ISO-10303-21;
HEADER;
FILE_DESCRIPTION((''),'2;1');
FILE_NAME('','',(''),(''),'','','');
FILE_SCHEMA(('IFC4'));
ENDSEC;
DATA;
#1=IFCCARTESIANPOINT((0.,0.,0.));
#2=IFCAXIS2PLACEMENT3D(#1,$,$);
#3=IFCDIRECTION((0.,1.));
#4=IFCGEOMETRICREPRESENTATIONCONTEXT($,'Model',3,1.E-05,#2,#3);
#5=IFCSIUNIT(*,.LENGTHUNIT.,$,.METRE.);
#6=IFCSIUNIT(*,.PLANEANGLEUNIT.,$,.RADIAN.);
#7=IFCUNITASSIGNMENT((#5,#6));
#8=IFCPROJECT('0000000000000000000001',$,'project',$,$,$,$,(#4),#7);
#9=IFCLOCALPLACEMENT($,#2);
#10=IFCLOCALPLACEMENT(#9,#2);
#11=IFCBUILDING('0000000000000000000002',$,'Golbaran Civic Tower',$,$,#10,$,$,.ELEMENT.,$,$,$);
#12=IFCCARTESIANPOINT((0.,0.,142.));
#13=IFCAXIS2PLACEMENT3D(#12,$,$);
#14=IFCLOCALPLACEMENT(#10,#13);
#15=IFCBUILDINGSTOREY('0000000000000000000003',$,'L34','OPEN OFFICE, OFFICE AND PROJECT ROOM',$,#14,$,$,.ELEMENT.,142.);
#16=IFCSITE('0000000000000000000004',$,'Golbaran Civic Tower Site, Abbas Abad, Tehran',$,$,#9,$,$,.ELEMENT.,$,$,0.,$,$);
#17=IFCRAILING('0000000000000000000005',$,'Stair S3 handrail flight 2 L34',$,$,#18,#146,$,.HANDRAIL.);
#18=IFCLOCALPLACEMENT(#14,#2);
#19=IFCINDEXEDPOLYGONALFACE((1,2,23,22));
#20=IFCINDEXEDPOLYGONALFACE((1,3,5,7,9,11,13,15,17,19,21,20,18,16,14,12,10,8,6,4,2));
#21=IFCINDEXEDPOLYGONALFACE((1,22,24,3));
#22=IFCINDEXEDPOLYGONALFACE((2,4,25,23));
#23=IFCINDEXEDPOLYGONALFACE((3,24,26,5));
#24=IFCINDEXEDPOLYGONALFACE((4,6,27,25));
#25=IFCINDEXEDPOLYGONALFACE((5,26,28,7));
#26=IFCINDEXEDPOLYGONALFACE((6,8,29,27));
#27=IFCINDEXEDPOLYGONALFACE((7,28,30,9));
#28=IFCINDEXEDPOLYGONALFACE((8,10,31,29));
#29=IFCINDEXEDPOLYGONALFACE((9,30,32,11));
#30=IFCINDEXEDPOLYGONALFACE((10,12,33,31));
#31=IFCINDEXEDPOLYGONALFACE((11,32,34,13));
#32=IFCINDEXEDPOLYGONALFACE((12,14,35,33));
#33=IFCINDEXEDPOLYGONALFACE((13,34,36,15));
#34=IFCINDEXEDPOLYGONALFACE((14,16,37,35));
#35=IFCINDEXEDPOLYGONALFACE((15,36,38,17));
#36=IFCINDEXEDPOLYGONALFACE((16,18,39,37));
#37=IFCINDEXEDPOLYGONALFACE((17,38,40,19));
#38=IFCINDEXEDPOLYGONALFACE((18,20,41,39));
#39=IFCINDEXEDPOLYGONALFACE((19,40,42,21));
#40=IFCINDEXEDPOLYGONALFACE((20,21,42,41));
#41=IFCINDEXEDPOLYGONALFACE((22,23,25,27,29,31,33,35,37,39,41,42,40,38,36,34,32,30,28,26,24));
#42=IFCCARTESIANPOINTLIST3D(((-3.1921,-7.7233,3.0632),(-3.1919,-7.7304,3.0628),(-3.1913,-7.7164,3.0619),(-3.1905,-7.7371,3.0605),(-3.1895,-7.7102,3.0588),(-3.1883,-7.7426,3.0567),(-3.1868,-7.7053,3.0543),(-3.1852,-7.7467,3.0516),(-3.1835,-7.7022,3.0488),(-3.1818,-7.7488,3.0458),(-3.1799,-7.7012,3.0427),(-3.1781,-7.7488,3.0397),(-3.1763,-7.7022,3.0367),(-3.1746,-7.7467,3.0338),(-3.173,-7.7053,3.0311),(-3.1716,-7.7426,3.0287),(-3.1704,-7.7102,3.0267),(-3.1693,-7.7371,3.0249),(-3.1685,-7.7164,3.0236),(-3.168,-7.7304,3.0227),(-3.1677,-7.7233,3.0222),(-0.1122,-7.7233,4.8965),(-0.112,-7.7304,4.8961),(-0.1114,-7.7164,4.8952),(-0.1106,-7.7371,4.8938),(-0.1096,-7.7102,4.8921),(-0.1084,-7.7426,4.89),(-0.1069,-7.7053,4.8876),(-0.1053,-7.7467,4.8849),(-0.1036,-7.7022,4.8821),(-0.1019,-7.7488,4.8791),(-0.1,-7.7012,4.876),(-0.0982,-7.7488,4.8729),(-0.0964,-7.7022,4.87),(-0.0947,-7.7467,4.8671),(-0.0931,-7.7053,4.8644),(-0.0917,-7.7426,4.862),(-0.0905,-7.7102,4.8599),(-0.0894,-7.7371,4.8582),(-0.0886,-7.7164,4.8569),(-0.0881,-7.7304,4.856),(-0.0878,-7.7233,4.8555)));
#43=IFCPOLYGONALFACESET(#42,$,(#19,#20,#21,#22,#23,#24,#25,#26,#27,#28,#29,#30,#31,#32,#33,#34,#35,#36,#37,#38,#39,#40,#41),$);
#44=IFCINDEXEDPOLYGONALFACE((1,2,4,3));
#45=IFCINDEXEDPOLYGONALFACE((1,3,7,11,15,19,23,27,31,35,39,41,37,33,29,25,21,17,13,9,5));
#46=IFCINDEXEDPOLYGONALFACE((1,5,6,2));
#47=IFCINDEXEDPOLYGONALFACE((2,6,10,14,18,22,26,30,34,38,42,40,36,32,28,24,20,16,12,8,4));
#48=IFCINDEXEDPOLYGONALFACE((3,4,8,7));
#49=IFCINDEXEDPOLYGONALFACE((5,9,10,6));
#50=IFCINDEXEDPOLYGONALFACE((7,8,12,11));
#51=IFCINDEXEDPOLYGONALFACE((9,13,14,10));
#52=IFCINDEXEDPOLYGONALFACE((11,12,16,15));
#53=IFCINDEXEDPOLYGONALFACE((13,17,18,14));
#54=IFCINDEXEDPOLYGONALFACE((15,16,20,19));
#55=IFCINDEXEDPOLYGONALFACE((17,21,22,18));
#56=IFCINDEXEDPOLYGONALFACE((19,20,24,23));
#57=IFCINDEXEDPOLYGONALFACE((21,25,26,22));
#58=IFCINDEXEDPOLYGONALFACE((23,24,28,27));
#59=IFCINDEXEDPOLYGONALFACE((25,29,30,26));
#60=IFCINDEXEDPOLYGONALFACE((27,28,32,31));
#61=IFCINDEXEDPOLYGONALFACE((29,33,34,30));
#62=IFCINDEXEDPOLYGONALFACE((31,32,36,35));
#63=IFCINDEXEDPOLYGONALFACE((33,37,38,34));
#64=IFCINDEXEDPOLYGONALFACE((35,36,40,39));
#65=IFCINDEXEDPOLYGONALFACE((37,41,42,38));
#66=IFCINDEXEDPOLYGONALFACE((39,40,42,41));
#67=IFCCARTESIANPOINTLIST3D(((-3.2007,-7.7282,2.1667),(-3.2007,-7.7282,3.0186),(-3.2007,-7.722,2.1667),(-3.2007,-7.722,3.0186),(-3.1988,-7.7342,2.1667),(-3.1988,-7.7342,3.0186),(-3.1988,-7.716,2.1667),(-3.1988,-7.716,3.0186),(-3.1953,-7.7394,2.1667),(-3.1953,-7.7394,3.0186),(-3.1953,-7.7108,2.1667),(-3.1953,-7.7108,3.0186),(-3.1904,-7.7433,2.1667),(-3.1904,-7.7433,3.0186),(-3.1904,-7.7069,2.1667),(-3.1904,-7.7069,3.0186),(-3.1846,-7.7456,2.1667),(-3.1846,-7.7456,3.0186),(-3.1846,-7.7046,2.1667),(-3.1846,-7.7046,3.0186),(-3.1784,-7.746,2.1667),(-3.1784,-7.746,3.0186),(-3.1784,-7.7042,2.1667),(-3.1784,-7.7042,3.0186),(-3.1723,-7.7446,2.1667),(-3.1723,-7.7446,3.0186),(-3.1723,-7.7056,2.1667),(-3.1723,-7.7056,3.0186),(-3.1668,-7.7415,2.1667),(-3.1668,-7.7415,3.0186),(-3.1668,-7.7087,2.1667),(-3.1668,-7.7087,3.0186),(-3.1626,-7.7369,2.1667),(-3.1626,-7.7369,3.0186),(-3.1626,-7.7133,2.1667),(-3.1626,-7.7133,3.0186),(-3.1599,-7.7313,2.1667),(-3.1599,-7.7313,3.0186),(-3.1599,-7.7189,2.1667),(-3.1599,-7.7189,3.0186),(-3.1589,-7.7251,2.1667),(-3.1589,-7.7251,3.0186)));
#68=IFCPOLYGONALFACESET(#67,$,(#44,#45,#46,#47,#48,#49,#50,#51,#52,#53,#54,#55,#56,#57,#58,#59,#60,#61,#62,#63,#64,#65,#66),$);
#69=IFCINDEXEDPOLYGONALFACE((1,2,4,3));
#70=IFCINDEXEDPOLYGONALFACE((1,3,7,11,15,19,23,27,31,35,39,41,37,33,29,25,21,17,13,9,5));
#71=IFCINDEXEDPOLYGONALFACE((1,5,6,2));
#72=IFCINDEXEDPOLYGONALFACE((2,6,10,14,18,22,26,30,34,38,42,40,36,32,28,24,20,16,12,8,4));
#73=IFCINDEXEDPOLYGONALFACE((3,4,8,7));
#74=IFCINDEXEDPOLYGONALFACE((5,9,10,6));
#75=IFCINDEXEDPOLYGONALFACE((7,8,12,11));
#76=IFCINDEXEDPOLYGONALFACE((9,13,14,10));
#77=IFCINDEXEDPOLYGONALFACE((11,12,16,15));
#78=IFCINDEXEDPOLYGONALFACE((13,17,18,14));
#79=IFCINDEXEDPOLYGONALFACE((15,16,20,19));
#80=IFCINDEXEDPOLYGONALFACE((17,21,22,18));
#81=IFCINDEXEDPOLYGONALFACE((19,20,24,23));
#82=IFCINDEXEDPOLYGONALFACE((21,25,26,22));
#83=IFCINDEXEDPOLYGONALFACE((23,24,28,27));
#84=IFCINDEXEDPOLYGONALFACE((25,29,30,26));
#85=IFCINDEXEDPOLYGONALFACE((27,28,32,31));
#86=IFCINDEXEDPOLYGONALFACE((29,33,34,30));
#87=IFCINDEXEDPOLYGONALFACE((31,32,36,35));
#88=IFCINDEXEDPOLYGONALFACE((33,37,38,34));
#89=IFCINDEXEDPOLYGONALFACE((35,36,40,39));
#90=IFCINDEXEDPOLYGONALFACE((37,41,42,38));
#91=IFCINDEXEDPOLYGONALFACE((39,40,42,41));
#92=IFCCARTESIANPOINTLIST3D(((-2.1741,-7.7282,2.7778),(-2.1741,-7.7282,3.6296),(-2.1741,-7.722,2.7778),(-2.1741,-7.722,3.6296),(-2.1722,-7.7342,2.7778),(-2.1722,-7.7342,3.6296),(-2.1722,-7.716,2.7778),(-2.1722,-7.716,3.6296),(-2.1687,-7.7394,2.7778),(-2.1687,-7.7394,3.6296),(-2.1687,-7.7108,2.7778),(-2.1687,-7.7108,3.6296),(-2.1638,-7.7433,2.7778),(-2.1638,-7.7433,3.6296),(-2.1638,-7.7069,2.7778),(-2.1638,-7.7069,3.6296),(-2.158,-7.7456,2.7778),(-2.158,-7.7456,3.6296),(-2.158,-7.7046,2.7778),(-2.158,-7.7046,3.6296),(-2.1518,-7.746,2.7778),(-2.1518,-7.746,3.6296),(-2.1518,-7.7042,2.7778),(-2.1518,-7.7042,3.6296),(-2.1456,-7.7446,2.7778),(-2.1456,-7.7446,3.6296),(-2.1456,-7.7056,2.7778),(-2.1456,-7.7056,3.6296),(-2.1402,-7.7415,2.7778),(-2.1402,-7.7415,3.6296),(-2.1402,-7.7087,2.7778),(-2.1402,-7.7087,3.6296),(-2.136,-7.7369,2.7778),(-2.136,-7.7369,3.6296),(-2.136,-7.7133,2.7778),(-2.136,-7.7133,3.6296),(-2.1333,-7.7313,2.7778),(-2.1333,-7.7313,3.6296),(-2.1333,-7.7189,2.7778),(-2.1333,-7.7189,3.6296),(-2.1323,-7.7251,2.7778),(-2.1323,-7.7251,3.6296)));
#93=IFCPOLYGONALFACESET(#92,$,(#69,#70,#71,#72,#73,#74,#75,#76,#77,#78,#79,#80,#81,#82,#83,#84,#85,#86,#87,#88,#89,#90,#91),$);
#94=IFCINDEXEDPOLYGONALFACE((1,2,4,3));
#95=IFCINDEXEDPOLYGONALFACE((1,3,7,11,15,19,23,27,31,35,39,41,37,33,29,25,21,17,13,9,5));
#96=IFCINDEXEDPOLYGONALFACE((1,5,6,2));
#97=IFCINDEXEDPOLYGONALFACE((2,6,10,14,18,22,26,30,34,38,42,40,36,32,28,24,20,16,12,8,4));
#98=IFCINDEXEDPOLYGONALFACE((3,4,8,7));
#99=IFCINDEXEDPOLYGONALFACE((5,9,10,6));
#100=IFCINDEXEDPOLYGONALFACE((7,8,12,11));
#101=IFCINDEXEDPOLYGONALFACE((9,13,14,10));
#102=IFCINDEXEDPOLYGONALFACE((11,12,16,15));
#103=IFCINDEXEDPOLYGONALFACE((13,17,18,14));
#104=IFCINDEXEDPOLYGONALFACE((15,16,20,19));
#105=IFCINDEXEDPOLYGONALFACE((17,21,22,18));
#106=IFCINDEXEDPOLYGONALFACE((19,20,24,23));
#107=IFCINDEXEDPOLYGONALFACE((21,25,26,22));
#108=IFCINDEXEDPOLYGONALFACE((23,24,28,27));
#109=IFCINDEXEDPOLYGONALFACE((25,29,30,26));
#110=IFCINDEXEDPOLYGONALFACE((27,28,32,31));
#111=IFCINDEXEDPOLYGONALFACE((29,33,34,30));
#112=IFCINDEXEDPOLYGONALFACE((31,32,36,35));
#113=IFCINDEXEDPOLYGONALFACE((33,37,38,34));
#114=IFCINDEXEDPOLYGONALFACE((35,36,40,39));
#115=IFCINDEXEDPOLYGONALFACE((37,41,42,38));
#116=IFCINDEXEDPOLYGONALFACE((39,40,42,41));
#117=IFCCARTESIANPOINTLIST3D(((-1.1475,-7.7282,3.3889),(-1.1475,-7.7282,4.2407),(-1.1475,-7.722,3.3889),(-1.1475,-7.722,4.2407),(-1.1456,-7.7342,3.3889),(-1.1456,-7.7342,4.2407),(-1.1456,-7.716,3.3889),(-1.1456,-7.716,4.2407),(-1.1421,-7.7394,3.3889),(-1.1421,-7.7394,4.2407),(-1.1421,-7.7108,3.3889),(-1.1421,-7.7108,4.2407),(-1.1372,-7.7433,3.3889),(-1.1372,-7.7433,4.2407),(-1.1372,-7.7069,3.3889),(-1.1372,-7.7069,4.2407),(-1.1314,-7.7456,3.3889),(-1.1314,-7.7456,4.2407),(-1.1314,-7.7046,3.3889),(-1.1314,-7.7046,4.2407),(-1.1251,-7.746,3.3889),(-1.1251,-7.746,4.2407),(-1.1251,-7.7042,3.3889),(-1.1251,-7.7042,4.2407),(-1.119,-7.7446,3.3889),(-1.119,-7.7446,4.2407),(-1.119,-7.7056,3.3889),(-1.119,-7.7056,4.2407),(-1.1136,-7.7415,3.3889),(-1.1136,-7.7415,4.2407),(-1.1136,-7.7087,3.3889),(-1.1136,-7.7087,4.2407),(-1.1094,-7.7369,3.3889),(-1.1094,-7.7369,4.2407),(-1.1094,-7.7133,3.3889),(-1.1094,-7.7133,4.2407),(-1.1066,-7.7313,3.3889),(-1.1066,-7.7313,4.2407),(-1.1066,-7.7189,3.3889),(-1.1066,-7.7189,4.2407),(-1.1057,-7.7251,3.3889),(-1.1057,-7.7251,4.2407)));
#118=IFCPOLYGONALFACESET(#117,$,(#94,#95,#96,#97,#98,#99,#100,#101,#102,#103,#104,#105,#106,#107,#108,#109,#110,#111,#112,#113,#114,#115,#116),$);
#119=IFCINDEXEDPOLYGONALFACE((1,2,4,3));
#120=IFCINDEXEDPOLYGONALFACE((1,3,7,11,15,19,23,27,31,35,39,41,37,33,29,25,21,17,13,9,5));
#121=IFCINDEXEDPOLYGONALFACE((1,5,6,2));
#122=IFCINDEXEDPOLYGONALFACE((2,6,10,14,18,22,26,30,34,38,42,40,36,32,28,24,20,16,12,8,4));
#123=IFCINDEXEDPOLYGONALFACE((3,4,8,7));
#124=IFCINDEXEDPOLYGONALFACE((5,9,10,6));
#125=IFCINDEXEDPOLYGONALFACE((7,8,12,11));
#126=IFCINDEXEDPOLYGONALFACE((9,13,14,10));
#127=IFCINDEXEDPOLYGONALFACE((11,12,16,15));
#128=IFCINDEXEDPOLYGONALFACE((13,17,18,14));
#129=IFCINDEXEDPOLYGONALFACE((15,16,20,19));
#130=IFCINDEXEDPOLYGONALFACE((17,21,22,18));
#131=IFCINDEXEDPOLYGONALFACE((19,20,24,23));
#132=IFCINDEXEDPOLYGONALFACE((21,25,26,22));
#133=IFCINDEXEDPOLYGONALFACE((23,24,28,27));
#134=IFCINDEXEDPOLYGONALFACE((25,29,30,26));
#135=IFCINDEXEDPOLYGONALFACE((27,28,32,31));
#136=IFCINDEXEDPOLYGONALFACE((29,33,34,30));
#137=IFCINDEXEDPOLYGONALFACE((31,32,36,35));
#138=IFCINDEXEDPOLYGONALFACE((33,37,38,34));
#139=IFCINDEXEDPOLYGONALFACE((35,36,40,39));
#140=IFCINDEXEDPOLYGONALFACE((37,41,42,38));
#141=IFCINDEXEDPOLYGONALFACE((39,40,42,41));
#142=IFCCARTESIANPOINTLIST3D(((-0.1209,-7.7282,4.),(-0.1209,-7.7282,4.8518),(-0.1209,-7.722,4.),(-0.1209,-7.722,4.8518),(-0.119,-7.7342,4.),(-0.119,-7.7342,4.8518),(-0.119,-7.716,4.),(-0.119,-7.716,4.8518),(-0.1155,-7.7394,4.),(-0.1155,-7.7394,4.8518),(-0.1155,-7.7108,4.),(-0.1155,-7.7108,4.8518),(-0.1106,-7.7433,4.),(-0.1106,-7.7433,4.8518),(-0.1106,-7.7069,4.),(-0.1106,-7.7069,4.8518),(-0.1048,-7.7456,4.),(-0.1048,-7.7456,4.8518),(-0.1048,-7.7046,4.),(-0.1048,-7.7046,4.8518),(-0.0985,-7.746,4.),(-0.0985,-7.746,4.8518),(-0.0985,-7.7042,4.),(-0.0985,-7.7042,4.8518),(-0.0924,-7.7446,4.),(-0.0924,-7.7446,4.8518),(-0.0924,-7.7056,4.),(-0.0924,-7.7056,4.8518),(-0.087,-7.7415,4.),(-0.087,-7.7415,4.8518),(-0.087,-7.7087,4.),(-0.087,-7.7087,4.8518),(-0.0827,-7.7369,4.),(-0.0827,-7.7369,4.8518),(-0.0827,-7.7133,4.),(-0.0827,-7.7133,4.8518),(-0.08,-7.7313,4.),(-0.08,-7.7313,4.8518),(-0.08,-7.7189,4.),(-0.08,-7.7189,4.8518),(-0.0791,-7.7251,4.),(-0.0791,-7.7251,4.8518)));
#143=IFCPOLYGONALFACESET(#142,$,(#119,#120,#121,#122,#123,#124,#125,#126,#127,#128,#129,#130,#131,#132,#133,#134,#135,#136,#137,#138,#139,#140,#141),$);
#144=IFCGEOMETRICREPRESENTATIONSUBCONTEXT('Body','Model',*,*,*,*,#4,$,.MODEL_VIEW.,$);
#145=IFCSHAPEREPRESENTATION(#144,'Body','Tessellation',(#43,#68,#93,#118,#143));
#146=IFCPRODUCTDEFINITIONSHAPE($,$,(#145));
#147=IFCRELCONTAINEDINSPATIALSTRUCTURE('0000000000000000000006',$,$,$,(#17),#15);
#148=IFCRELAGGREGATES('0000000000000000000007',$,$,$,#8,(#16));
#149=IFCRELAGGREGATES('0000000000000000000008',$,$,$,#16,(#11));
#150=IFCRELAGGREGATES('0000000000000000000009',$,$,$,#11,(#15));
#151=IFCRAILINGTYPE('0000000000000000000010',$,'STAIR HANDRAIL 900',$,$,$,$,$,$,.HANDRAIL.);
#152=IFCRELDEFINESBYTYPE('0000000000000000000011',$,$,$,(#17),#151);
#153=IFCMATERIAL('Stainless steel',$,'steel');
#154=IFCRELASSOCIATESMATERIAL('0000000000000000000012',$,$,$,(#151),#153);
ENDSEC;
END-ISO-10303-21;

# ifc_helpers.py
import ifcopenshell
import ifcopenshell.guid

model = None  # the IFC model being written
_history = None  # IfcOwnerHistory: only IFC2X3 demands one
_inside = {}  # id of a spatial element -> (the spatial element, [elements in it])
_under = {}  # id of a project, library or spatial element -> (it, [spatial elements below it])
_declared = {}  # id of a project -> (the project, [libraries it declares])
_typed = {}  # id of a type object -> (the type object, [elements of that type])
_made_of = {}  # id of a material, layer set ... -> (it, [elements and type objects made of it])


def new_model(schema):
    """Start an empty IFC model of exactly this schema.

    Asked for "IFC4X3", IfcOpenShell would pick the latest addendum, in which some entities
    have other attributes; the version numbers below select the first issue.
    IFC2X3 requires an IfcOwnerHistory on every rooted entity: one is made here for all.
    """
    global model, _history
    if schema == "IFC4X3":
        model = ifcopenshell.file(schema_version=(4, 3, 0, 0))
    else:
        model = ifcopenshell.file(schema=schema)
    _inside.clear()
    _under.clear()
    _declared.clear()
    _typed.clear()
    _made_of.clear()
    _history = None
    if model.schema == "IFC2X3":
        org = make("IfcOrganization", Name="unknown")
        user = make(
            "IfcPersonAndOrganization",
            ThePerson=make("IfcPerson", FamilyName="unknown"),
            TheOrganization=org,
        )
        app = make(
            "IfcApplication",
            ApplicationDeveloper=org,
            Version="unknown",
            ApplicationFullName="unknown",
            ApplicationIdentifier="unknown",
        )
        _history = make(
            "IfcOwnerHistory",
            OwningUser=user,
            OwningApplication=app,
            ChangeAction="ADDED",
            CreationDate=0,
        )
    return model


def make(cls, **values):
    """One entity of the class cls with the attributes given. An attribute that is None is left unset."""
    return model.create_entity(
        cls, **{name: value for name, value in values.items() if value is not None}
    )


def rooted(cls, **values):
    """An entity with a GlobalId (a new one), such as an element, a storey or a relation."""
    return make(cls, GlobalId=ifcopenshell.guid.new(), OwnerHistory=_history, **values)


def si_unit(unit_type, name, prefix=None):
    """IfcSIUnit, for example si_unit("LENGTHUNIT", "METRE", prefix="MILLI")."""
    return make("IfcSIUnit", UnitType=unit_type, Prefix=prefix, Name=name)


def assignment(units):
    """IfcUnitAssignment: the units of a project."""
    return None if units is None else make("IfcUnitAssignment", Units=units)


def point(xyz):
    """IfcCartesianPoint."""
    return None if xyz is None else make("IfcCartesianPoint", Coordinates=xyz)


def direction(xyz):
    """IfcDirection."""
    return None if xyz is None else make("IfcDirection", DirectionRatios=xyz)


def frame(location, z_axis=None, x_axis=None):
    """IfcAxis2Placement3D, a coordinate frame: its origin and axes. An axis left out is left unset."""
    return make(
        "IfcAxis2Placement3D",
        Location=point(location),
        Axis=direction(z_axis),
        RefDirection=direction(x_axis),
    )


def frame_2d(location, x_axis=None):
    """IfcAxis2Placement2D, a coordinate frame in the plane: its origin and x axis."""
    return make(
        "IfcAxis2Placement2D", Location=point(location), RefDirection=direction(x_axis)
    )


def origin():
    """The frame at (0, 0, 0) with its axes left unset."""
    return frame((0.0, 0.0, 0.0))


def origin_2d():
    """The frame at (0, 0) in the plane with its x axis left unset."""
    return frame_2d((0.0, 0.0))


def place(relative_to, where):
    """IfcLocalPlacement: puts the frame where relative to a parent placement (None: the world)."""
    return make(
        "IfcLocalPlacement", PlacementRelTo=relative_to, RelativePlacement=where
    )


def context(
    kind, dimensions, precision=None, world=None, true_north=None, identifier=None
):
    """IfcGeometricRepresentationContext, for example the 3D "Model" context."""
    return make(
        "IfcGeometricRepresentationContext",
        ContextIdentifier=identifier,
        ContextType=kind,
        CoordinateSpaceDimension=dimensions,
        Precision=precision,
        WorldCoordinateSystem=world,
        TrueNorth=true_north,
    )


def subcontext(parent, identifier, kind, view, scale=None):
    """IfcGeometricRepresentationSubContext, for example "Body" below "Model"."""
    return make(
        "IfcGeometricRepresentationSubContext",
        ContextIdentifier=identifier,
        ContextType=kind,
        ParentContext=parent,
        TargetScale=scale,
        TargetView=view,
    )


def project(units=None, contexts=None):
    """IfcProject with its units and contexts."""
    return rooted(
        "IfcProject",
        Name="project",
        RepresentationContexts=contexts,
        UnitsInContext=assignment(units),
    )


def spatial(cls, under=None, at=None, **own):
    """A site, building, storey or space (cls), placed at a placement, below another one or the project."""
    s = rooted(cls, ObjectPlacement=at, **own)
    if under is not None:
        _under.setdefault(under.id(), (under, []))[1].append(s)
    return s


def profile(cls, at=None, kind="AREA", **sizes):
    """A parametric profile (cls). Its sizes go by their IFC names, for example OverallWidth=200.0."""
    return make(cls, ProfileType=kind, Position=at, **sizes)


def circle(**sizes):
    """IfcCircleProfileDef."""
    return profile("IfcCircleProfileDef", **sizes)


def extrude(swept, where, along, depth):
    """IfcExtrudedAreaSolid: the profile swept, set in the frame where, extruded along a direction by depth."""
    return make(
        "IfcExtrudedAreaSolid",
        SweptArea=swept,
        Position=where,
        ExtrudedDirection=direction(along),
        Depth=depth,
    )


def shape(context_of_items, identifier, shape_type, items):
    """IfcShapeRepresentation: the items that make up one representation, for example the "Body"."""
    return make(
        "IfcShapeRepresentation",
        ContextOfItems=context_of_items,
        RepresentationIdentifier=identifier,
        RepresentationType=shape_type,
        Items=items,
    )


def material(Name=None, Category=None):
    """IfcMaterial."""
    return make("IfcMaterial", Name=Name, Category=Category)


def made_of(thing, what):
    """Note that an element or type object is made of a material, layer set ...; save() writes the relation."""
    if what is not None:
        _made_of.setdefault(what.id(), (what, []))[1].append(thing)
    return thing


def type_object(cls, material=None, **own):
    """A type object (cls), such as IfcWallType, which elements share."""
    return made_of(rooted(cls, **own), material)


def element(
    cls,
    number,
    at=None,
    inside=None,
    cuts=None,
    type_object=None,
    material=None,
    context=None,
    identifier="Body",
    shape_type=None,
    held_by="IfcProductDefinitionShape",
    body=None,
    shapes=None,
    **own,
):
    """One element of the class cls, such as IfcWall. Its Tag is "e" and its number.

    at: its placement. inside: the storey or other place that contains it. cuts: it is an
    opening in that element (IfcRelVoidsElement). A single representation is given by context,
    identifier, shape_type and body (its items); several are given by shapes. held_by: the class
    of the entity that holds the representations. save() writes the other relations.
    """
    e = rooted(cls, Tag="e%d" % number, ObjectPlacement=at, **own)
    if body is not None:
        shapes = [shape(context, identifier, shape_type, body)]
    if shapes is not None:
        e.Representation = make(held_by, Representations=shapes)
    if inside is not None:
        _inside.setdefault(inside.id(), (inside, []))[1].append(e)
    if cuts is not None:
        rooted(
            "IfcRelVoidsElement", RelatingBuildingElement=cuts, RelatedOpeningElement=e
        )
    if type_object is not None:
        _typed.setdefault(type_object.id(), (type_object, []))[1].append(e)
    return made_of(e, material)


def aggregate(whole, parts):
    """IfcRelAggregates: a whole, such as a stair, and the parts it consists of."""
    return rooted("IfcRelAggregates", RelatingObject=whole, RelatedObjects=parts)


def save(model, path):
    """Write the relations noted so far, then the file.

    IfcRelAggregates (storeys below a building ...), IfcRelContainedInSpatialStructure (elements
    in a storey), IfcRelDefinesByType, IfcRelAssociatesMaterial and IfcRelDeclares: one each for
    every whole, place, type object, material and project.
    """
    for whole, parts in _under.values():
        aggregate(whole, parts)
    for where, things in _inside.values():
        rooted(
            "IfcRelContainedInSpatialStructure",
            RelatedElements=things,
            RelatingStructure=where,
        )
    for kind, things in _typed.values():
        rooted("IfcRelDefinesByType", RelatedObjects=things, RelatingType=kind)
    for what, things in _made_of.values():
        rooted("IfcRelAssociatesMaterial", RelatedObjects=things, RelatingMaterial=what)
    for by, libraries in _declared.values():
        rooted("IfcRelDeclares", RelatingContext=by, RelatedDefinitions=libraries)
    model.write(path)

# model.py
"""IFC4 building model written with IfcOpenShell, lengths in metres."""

from ifc_helpers import new_model, si_unit, direction, frame, origin, origin_2d, place, context, subcontext, project, spatial, circle, extrude, material, type_object, element, save


model = new_model("IFC4")

# Units and contexts
model_context = context("Model", 3, precision=1e-05, world=origin(), true_north=direction((0.0, 1.0)))
body_context = subcontext(model_context, "Body", "Model", "MODEL_VIEW")
ifc_project = project(units=[si_unit("LENGTHUNIT", "METRE"), si_unit("PLANEANGLEUNIT", "RADIAN")], contexts=[model_context])

# Site, building, storey
site_placement = place(None, origin())
site = spatial("IfcSite", under=ifc_project, at=site_placement, Name="Golbaran Civic Tower Site, Abbas Abad, Tehran", CompositionType="ELEMENT", RefElevation=0.0)
building_placement = place(site_placement, origin())
building = spatial("IfcBuilding", under=site, at=building_placement, Name="Golbaran Civic Tower", CompositionType="ELEMENT")
storey_placement = place(building_placement, frame((0.0, 0.0, 142.0)))
storey = spatial("IfcBuildingStorey", under=building, at=storey_placement, Name="L34", Description="OPEN OFFICE, OFFICE AND PROJECT ROOM", CompositionType="ELEMENT", Elevation=142.0)

# Railing
ifc_material_1 = material(Name="Stainless steel", Category="steel")
railing_type = type_object("IfcRailingType", Name="STAIR HANDRAIL 900", PredefinedType="HANDRAIL", material=ifc_material_1)
railing_1_placement = place(storey_placement, frame((-3.1799, -7.7251, 2.1667)))
element("IfcRailing", 1, at=railing_1_placement, inside=storey, type_object=railing_type, Name="Stair S3 handrail flight 2 L34", PredefinedType="HANDRAIL", context=body_context, shape_type="SweptSolid", body=[
    extrude(circle(Radius=0.0239, at=origin_2d()), frame((0.0, 0.0, 0.876), z_axis=(0.859291, 0.0, 0.511487), x_axis=(0.0, 1.0, 0.0)), (0.0, 0.0, 1.0), 3.5842),
    extrude(circle(Radius=0.021, at=origin_2d()), origin(), (0.0, 0.0, 1.0), 0.8518),
    extrude(circle(Radius=0.021, at=origin_2d()), frame((1.0266, 0.0, 0.6111)), (0.0, 0.0, 1.0), 0.8518),
    extrude(circle(Radius=0.021, at=origin_2d()), frame((2.0532, 0.0, 1.2222)), (0.0, 0.0, 1.0), 0.8518),
    extrude(circle(Radius=0.021, at=origin_2d()), frame((3.0798, 0.0, 1.8333)), (0.0, 0.0, 1.0), 0.8518),
])

save(model, "model.ifc")
